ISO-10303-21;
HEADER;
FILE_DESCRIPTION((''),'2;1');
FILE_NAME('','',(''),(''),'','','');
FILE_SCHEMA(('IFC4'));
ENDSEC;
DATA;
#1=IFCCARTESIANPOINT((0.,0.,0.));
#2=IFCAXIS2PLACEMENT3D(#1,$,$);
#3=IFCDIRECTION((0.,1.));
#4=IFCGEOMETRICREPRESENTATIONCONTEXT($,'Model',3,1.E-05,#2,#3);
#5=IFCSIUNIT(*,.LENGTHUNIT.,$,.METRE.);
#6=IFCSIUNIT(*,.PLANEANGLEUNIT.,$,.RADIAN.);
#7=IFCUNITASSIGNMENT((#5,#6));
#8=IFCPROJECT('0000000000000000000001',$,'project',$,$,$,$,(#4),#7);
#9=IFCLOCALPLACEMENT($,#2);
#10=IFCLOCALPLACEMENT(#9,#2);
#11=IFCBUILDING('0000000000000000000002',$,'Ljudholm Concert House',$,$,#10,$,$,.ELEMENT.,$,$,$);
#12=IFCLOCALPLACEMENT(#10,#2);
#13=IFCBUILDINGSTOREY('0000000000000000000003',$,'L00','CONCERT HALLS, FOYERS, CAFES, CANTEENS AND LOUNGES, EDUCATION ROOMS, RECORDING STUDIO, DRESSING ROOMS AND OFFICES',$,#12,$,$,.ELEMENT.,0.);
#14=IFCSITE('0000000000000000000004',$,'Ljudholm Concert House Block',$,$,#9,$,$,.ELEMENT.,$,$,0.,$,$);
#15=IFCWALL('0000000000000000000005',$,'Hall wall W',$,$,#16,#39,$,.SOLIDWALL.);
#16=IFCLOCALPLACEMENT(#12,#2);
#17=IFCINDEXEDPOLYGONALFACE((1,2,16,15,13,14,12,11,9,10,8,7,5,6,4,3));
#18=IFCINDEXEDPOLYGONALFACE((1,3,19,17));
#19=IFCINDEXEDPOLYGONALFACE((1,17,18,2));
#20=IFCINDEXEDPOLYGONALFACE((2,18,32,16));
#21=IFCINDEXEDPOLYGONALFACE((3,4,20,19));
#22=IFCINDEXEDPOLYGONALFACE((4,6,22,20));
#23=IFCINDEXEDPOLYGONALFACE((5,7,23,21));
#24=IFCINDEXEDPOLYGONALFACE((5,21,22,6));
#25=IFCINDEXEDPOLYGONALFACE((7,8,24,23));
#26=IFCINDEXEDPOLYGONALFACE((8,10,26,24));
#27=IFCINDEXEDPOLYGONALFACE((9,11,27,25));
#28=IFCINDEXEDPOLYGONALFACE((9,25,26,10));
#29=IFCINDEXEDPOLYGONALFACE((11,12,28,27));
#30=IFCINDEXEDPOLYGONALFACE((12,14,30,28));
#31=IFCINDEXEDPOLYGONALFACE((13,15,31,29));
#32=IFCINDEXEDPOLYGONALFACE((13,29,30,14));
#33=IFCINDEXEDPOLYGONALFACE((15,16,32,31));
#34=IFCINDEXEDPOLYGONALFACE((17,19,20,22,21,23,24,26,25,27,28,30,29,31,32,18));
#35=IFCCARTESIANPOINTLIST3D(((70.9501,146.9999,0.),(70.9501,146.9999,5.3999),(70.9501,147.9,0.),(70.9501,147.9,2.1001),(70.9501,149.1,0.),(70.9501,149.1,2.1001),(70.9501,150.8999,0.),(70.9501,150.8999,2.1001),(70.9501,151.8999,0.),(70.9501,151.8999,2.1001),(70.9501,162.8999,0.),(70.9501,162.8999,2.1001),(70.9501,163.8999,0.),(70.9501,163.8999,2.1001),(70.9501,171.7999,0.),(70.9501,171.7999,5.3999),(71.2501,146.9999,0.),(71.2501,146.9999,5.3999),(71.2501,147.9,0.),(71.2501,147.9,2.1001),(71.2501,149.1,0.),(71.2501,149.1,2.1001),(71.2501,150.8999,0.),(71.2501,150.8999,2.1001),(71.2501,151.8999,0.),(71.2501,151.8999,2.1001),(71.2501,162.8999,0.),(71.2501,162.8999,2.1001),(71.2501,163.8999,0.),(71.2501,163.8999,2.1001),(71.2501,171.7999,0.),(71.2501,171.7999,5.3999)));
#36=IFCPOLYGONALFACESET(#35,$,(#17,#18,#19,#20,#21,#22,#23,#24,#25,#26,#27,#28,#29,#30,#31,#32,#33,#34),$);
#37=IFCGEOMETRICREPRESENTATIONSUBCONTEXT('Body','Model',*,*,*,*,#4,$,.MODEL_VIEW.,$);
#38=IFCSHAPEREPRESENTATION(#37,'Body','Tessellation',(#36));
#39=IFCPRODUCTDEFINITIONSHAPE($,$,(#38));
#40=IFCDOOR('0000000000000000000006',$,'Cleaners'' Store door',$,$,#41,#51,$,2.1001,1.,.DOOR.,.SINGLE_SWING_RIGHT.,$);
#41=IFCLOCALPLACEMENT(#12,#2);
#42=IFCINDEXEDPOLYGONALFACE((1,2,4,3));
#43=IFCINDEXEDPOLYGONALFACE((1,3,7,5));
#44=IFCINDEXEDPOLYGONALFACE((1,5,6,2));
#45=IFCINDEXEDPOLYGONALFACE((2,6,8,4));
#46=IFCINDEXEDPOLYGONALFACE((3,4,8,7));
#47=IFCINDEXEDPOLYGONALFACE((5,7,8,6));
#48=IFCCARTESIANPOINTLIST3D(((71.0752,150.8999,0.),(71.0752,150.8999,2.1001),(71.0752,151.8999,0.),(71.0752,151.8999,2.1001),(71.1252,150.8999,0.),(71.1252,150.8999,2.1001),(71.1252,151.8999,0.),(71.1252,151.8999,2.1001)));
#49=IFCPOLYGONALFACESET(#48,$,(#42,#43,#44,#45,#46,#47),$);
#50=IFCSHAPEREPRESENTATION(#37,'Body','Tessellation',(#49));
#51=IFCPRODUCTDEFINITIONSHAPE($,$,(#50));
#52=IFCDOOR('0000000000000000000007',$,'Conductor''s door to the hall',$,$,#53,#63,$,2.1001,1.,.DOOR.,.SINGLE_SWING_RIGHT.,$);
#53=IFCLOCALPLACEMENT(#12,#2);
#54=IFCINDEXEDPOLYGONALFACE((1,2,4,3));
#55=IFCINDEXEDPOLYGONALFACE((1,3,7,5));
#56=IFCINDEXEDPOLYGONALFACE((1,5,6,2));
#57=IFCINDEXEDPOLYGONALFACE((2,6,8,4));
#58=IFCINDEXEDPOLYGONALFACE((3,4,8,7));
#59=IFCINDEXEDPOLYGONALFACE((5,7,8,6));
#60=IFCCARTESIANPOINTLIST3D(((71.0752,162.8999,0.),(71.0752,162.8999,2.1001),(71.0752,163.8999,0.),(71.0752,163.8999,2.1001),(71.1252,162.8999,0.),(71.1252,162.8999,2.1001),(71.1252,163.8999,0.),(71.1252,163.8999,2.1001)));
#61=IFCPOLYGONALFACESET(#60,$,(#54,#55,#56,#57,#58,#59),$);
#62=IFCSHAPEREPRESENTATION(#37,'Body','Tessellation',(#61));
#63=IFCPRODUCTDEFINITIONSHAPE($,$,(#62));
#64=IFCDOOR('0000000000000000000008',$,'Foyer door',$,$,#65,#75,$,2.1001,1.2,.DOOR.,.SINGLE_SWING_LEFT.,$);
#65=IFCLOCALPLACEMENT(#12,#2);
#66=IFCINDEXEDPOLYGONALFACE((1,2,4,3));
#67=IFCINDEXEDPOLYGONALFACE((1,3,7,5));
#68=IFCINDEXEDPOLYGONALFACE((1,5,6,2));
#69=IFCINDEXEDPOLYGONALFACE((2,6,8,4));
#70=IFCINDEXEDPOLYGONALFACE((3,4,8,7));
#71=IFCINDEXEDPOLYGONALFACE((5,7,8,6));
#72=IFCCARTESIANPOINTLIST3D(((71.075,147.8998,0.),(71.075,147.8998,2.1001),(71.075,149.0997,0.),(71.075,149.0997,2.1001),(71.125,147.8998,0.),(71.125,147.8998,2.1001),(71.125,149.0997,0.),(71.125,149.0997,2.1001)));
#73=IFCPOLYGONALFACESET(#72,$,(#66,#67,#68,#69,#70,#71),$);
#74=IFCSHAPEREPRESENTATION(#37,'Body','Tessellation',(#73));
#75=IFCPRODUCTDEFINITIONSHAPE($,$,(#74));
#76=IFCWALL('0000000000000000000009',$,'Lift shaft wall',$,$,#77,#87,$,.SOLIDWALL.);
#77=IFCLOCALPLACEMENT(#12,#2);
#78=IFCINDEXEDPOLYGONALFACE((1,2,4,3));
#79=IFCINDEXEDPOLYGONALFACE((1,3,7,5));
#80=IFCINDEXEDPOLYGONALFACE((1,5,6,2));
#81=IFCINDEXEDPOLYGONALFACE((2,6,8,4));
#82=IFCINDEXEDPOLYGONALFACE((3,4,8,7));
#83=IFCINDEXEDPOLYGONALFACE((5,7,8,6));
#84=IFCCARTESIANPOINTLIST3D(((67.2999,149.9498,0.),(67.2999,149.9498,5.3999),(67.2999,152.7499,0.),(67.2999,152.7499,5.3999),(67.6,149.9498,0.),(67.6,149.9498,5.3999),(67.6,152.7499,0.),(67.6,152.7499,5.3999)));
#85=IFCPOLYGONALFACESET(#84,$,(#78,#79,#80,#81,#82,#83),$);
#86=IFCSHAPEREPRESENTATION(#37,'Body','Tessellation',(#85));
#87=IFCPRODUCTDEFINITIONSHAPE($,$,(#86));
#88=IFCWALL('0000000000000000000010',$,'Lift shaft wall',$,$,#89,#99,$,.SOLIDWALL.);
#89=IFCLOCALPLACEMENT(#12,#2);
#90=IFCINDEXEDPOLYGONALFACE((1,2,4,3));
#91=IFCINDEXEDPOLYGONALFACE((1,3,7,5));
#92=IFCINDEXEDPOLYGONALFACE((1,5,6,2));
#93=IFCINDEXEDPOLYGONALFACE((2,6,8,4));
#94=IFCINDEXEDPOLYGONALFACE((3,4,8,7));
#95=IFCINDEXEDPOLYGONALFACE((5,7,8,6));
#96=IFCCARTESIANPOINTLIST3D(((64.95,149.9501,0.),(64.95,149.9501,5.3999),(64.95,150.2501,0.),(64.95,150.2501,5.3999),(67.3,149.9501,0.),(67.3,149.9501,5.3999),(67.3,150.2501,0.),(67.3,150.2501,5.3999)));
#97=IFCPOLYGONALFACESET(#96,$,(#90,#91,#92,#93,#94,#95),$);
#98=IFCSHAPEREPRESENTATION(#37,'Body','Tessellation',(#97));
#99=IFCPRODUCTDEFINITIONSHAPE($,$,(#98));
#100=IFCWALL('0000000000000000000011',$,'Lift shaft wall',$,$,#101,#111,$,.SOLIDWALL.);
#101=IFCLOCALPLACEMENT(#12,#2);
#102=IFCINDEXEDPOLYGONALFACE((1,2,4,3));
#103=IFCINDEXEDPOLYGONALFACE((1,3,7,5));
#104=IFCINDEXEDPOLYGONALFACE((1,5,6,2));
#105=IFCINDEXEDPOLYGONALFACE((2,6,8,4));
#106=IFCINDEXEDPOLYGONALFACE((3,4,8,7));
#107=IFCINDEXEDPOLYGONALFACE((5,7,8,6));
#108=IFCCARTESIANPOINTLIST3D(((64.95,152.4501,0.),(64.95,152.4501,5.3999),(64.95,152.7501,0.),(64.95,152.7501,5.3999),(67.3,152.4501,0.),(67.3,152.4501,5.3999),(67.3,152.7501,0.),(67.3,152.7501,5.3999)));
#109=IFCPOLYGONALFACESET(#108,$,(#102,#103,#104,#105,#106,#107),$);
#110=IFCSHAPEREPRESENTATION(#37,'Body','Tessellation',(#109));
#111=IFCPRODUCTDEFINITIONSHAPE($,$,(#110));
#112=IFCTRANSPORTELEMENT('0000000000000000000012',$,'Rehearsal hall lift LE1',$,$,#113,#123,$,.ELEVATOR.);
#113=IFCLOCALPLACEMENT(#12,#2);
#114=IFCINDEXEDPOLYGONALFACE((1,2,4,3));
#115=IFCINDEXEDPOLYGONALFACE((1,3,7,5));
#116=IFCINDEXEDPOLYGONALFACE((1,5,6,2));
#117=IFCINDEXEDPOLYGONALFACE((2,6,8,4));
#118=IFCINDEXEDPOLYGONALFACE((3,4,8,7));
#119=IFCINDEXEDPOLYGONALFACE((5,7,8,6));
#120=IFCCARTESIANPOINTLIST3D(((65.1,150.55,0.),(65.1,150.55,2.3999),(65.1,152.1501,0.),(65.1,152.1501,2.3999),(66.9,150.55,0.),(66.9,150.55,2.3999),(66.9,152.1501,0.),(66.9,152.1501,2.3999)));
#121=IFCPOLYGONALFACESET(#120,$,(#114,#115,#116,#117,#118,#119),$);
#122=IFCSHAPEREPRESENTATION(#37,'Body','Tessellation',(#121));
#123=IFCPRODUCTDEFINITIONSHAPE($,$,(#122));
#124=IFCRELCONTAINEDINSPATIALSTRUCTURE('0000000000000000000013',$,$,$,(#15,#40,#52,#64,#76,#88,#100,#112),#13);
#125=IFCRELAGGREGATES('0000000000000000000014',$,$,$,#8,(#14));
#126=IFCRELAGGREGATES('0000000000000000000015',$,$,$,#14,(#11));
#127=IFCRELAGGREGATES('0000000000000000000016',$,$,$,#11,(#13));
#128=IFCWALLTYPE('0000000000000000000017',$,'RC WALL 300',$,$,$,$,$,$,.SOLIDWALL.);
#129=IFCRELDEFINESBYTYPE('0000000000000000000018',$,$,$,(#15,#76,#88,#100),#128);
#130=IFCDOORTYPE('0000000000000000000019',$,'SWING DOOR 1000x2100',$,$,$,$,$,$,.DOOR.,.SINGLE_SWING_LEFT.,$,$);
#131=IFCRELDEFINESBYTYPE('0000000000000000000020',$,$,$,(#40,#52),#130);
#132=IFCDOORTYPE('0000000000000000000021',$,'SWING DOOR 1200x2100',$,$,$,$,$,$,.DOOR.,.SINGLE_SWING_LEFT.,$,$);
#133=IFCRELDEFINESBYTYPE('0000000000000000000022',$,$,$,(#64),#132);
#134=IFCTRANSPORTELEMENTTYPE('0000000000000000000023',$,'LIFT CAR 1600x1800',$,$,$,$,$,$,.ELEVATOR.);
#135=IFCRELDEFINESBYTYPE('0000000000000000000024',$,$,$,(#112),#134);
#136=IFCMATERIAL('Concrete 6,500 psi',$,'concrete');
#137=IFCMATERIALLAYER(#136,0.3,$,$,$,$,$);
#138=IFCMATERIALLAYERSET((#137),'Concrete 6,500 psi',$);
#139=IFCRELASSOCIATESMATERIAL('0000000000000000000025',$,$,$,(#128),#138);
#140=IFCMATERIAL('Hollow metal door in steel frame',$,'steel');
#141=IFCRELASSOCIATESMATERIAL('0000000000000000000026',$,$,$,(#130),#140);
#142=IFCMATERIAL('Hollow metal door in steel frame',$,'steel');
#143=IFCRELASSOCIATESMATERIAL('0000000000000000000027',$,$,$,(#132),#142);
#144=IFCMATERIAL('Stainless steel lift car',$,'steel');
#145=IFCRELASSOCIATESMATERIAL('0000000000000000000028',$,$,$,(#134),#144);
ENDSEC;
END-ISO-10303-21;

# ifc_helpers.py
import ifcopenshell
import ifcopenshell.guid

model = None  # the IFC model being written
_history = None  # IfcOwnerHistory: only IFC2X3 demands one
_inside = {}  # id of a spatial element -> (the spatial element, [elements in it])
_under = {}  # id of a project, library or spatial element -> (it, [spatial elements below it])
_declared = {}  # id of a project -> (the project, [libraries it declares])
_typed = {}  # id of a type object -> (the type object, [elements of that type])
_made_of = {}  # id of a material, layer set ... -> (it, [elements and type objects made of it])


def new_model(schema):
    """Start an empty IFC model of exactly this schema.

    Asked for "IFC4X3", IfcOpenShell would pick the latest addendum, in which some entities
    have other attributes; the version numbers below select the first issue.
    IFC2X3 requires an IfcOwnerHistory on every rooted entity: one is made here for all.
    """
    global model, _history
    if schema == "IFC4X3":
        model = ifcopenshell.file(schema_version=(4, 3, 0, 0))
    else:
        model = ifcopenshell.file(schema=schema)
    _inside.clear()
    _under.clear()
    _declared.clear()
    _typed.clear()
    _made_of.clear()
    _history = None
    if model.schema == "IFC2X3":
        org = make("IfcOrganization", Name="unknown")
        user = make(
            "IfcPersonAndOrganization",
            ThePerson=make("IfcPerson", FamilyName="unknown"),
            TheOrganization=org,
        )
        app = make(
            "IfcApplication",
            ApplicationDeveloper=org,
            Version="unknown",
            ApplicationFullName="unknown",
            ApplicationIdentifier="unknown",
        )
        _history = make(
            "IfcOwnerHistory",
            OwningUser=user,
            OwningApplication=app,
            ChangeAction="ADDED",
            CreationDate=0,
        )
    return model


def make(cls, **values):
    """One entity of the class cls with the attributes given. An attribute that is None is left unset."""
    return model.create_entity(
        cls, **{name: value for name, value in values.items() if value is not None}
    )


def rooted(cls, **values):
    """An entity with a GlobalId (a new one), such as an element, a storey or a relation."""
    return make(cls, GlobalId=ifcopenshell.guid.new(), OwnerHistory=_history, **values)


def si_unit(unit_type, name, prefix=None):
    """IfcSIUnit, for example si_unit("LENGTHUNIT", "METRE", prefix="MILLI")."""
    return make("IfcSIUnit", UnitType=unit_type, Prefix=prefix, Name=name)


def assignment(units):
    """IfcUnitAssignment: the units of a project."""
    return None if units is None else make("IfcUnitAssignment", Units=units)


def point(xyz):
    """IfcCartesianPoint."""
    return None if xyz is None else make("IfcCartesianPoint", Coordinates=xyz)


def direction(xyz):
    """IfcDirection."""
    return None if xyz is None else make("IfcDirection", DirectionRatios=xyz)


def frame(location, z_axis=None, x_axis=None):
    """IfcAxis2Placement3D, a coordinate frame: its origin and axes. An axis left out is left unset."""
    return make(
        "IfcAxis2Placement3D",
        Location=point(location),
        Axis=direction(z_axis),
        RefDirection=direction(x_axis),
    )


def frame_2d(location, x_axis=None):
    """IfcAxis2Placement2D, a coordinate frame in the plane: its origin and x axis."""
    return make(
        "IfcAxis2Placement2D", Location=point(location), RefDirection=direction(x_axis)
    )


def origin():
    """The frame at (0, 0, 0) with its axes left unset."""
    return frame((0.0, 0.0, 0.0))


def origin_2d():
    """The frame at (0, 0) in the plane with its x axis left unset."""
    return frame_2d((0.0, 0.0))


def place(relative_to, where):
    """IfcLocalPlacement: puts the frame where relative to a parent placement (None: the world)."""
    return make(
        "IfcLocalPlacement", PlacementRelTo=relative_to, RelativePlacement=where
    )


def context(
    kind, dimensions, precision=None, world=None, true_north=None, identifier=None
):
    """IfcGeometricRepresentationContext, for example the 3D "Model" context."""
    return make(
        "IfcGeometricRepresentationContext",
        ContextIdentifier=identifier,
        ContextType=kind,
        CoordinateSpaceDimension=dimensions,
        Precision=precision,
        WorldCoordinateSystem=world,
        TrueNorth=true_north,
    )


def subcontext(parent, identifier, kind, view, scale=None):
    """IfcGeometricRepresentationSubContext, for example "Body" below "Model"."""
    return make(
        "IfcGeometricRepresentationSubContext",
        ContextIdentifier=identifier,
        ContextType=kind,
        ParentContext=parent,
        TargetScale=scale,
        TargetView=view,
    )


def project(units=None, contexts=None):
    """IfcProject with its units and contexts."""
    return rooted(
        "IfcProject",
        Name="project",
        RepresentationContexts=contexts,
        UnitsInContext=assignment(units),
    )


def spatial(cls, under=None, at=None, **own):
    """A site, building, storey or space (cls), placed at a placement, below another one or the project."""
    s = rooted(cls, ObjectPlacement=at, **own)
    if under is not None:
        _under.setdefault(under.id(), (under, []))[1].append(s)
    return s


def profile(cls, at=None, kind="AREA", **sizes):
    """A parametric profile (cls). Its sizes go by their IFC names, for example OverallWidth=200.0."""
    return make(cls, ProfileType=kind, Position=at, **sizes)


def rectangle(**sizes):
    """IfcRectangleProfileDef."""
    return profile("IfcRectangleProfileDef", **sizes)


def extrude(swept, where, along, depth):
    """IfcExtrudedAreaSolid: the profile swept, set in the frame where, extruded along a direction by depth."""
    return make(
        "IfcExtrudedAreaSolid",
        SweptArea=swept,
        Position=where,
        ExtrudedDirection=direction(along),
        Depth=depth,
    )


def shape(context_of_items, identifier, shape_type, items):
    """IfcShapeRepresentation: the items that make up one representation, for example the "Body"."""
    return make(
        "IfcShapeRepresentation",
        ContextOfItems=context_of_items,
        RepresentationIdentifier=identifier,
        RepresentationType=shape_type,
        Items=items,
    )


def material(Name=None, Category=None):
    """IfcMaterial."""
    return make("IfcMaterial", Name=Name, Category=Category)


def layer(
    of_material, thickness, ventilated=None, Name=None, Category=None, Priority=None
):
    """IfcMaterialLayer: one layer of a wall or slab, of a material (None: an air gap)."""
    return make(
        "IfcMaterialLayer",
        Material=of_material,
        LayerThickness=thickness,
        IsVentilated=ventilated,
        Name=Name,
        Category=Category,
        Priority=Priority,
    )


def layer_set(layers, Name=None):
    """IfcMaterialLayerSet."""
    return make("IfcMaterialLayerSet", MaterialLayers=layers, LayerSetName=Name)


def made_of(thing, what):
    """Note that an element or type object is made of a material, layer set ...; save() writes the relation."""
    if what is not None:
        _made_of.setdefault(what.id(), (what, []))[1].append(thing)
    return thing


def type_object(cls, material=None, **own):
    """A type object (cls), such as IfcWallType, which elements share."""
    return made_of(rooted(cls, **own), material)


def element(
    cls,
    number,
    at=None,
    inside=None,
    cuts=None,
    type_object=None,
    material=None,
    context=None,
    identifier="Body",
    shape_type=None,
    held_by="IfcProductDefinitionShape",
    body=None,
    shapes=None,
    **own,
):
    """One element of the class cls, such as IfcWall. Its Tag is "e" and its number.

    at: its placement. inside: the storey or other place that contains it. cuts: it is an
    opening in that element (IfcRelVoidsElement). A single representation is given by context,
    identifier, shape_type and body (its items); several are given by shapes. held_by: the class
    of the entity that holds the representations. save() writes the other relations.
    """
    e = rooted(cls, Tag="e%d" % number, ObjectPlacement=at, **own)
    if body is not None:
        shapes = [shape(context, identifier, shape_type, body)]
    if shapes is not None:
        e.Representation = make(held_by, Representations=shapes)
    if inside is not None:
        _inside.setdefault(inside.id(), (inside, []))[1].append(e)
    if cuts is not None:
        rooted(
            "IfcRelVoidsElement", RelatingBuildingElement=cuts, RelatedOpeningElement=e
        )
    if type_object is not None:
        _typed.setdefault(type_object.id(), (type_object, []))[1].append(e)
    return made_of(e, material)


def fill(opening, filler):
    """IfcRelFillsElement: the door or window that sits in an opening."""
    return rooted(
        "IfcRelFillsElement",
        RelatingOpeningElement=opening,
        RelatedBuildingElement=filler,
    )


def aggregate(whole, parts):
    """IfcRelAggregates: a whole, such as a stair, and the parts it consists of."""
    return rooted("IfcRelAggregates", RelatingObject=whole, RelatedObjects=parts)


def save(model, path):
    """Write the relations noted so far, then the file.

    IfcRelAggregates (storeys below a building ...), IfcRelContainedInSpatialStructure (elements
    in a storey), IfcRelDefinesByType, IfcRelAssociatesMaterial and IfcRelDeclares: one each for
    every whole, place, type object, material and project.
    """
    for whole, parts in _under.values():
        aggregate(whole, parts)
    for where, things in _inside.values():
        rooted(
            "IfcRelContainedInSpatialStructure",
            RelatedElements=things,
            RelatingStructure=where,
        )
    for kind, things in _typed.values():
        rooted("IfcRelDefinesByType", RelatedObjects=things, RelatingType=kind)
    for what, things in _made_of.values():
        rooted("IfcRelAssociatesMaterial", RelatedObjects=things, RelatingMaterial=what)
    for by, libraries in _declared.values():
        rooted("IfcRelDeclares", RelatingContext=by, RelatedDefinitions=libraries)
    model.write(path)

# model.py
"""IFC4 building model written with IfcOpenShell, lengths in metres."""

from ifc_helpers import new_model, si_unit, direction, frame, frame_2d, origin, origin_2d, place, context, subcontext, project, spatial, rectangle, extrude, material, layer, layer_set, type_object, element, fill, save


model = new_model("IFC4")

# Units and contexts
model_context = context("Model", 3, precision=1e-05, world=origin(), true_north=direction((0.0, 1.0)))
body_context = subcontext(model_context, "Body", "Model", "MODEL_VIEW")
ifc_project = project(units=[si_unit("LENGTHUNIT", "METRE"), si_unit("PLANEANGLEUNIT", "RADIAN")], contexts=[model_context])

# Site, building, storey
site_placement = place(None, origin())
site = spatial("IfcSite", under=ifc_project, at=site_placement, Name="Ljudholm Concert House Block", CompositionType="ELEMENT", RefElevation=0.0)
building_placement = place(site_placement, origin())
building = spatial("IfcBuilding", under=site, at=building_placement, Name="Ljudholm Concert House", CompositionType="ELEMENT")
storey_placement = place(building_placement, origin())
storey = spatial("IfcBuildingStorey", under=building, at=storey_placement, Name="L00", Description="CONCERT HALLS, FOYERS, CAFES, CANTEENS AND LOUNGES, EDUCATION ROOMS, RECORDING STUDIO, DRESSING ROOMS AND OFFICES", CompositionType="ELEMENT", Elevation=0.0)

# Wall, openings, doors
ifc_material_1 = material(Name="Concrete 6,500 psi", Category="concrete")
ifc_layer_1 = layer(ifc_material_1, 0.3)
ifc_layer_set_1 = layer_set([ifc_layer_1], Name="Concrete 6,500 psi")
wall_type_1 = type_object("IfcWallType", Name="RC WALL 300", PredefinedType="SOLIDWALL", material=ifc_layer_set_1)
wall_1_placement = place(storey_placement, frame((71.1001, 147.0, 0.0), z_axis=(0.0, 0.0, 1.0), x_axis=(0.0, 1.0, 0.0)))
wall_1 = element("IfcWall", 1, at=wall_1_placement, inside=storey, type_object=wall_type_1, Name="Hall wall W", PredefinedType="SOLIDWALL", context=body_context, shape_type="SweptSolid", body=[
    extrude(rectangle(XDim=24.8, YDim=0.3, at=frame_2d((12.3999, 0.0))), origin(), (0.0, 0.0, 1.0), 5.3999),
])
opening_1_placement = place(wall_1_placement, frame((0.8999, 0.0, 0.0)))
opening_1 = element("IfcOpeningElement", 2, at=opening_1_placement, cuts=wall_1, PredefinedType="OPENING", context=body_context, shape_type="SweptSolid", body=[
    extrude(rectangle(XDim=1.2, YDim=2.1001, at=frame_2d((0.6001, 1.05))), frame((0.0, 0.1599, 0.0), z_axis=(0.0, -1.0, 0.0), x_axis=(1.0, 0.0, 0.0)), (0.0, 0.0, 1.0), 0.3201),
])
opening_2_placement = place(wall_1_placement, frame((3.8999, 0.0, 0.0)))
opening_2 = element("IfcOpeningElement", 3, at=opening_2_placement, cuts=wall_1, PredefinedType="OPENING", context=body_context, shape_type="SweptSolid", body=[
    extrude(rectangle(XDim=1.0, YDim=2.1001, at=frame_2d((0.5, 1.05))), frame((0.0, 0.1599, 0.0), z_axis=(0.0, -1.0, 0.0), x_axis=(1.0, 0.0, 0.0)), (0.0, 0.0, 1.0), 0.3201),
])
opening_3_placement = place(wall_1_placement, frame((15.8999, 0.0, 0.0)))
opening_3 = element("IfcOpeningElement", 4, at=opening_3_placement, cuts=wall_1, PredefinedType="OPENING", context=body_context, shape_type="SweptSolid", body=[
    extrude(rectangle(XDim=1.0, YDim=2.1001, at=frame_2d((0.5, 1.05))), frame((0.0, 0.1599, 0.0), z_axis=(0.0, -1.0, 0.0), x_axis=(1.0, 0.0, 0.0)), (0.0, 0.0, 1.0), 0.3201),
])
ifc_material_2 = material(Name="Hollow metal door in steel frame", Category="steel")
door_type_1 = type_object("IfcDoorType", Name="SWING DOOR 1000x2100", OperationType="SINGLE_SWING_LEFT", PredefinedType="DOOR", material=ifc_material_2)
door_1_placement = place(opening_2_placement, origin())
door_1 = element("IfcDoor", 5, at=door_1_placement, inside=storey, type_object=door_type_1, Name="Cleaners' Store door", OperationType="SINGLE_SWING_RIGHT", OverallHeight=2.1001, OverallWidth=1.0, PredefinedType="DOOR", context=body_context, shape_type="SweptSolid", body=[
    extrude(rectangle(XDim=1.0, YDim=2.1001, at=frame_2d((0.5, 1.05))), frame((0.0, 0.0249, 0.0), z_axis=(0.0, -1.0, 0.0), x_axis=(1.0, 0.0, 0.0)), (0.0, 0.0, 1.0), 0.05),
])
fill(opening_2, door_1)
door_2_placement = place(opening_3_placement, origin())
door_2 = element("IfcDoor", 6, at=door_2_placement, inside=storey, type_object=door_type_1, Name="Conductor's door to the hall", OperationType="SINGLE_SWING_RIGHT", OverallHeight=2.1001, OverallWidth=1.0, PredefinedType="DOOR", context=body_context, shape_type="SweptSolid", body=[
    extrude(rectangle(XDim=1.0, YDim=2.1001, at=frame_2d((0.5, 1.05))), frame((0.0, 0.0249, 0.0), z_axis=(0.0, -1.0, 0.0), x_axis=(1.0, 0.0, 0.0)), (0.0, 0.0, 1.0), 0.05),
])
fill(opening_3, door_2)
ifc_material_3 = material(Name="Hollow metal door in steel frame", Category="steel")
door_type_2 = type_object("IfcDoorType", Name="SWING DOOR 1200x2100", OperationType="SINGLE_SWING_LEFT", PredefinedType="DOOR", material=ifc_material_3)
door_3_placement = place(opening_1_placement, frame((1.2, 0.0, 0.0), z_axis=(0.0, 0.0, 1.0), x_axis=(-1.0, 0.0, 0.0)))
door_3 = element("IfcDoor", 7, at=door_3_placement, inside=storey, type_object=door_type_2, Name="Foyer door", OperationType="SINGLE_SWING_LEFT", OverallHeight=2.1001, OverallWidth=1.2, PredefinedType="DOOR", context=body_context, shape_type="SweptSolid", body=[
    extrude(rectangle(XDim=1.2, YDim=2.1001, at=frame_2d((0.6001, 1.05))), frame((0.0, 0.0249, 0.0), z_axis=(0.0, -1.0, 0.0), x_axis=(1.0, 0.0, 0.0)), (0.0, 0.0, 1.0), 0.05),
])
fill(opening_1, door_3)

# Walls
wall_2_placement = place(storey_placement, frame((67.45, 149.95, 0.0), z_axis=(0.0, 0.0, 1.0), x_axis=(0.0, 1.0, 0.0)))
element("IfcWall", 8, at=wall_2_placement, inside=storey, type_object=wall_type_1, Name="Lift shaft wall", PredefinedType="SOLIDWALL", context=body_context, shape_type="SweptSolid", body=[
    extrude(rectangle(XDim=2.8, YDim=0.3, at=frame_2d((1.3999, 0.0))), origin(), (0.0, 0.0, 1.0), 5.3999),
])
for number, where, z_axis, x_axis, name in (
    (9, (64.95, 150.1001, 0.0), (0.0, 0.0, 1.0), (1.0, 0.0, 0.0), "Lift shaft wall"),
    (10, (64.95, 152.6001, 0.0), (0.0, 0.0, 1.0), (1.0, 0.0, 0.0), "Lift shaft wall"),
):
    element("IfcWall", number, at=place(storey_placement, frame(where, z_axis=z_axis, x_axis=x_axis)), inside=storey, type_object=wall_type_1, Name=name, PredefinedType="SOLIDWALL", context=body_context, shape_type="SweptSolid", body=[
        extrude(rectangle(XDim=2.3501, YDim=0.3, at=frame_2d((1.175, 0.0))), origin(), (0.0, 0.0, 1.0), 5.3999),
    ])

# Transport element
ifc_material_4 = material(Name="Stainless steel lift car", Category="steel")
transport_element_type = type_object("IfcTransportElementType", Name="LIFT CAR 1600x1800", PredefinedType="ELEVATOR", material=ifc_material_4)
transport_element_placement = place(storey_placement, frame((66.0, 151.3501, 0.0), z_axis=(0.0, 0.0, 1.0), x_axis=(1.0, 0.0, 0.0)))
element("IfcTransportElement", 11, at=transport_element_placement, inside=storey, type_object=transport_element_type, Name="Rehearsal hall lift LE1", PredefinedType="ELEVATOR", context=body_context, shape_type="SweptSolid", body=[
    extrude(rectangle(XDim=1.8, YDim=1.6001, at=origin_2d()), origin(), (0.0, 0.0, 1.0), 2.3999),
])

save(model, "model.ifc")
